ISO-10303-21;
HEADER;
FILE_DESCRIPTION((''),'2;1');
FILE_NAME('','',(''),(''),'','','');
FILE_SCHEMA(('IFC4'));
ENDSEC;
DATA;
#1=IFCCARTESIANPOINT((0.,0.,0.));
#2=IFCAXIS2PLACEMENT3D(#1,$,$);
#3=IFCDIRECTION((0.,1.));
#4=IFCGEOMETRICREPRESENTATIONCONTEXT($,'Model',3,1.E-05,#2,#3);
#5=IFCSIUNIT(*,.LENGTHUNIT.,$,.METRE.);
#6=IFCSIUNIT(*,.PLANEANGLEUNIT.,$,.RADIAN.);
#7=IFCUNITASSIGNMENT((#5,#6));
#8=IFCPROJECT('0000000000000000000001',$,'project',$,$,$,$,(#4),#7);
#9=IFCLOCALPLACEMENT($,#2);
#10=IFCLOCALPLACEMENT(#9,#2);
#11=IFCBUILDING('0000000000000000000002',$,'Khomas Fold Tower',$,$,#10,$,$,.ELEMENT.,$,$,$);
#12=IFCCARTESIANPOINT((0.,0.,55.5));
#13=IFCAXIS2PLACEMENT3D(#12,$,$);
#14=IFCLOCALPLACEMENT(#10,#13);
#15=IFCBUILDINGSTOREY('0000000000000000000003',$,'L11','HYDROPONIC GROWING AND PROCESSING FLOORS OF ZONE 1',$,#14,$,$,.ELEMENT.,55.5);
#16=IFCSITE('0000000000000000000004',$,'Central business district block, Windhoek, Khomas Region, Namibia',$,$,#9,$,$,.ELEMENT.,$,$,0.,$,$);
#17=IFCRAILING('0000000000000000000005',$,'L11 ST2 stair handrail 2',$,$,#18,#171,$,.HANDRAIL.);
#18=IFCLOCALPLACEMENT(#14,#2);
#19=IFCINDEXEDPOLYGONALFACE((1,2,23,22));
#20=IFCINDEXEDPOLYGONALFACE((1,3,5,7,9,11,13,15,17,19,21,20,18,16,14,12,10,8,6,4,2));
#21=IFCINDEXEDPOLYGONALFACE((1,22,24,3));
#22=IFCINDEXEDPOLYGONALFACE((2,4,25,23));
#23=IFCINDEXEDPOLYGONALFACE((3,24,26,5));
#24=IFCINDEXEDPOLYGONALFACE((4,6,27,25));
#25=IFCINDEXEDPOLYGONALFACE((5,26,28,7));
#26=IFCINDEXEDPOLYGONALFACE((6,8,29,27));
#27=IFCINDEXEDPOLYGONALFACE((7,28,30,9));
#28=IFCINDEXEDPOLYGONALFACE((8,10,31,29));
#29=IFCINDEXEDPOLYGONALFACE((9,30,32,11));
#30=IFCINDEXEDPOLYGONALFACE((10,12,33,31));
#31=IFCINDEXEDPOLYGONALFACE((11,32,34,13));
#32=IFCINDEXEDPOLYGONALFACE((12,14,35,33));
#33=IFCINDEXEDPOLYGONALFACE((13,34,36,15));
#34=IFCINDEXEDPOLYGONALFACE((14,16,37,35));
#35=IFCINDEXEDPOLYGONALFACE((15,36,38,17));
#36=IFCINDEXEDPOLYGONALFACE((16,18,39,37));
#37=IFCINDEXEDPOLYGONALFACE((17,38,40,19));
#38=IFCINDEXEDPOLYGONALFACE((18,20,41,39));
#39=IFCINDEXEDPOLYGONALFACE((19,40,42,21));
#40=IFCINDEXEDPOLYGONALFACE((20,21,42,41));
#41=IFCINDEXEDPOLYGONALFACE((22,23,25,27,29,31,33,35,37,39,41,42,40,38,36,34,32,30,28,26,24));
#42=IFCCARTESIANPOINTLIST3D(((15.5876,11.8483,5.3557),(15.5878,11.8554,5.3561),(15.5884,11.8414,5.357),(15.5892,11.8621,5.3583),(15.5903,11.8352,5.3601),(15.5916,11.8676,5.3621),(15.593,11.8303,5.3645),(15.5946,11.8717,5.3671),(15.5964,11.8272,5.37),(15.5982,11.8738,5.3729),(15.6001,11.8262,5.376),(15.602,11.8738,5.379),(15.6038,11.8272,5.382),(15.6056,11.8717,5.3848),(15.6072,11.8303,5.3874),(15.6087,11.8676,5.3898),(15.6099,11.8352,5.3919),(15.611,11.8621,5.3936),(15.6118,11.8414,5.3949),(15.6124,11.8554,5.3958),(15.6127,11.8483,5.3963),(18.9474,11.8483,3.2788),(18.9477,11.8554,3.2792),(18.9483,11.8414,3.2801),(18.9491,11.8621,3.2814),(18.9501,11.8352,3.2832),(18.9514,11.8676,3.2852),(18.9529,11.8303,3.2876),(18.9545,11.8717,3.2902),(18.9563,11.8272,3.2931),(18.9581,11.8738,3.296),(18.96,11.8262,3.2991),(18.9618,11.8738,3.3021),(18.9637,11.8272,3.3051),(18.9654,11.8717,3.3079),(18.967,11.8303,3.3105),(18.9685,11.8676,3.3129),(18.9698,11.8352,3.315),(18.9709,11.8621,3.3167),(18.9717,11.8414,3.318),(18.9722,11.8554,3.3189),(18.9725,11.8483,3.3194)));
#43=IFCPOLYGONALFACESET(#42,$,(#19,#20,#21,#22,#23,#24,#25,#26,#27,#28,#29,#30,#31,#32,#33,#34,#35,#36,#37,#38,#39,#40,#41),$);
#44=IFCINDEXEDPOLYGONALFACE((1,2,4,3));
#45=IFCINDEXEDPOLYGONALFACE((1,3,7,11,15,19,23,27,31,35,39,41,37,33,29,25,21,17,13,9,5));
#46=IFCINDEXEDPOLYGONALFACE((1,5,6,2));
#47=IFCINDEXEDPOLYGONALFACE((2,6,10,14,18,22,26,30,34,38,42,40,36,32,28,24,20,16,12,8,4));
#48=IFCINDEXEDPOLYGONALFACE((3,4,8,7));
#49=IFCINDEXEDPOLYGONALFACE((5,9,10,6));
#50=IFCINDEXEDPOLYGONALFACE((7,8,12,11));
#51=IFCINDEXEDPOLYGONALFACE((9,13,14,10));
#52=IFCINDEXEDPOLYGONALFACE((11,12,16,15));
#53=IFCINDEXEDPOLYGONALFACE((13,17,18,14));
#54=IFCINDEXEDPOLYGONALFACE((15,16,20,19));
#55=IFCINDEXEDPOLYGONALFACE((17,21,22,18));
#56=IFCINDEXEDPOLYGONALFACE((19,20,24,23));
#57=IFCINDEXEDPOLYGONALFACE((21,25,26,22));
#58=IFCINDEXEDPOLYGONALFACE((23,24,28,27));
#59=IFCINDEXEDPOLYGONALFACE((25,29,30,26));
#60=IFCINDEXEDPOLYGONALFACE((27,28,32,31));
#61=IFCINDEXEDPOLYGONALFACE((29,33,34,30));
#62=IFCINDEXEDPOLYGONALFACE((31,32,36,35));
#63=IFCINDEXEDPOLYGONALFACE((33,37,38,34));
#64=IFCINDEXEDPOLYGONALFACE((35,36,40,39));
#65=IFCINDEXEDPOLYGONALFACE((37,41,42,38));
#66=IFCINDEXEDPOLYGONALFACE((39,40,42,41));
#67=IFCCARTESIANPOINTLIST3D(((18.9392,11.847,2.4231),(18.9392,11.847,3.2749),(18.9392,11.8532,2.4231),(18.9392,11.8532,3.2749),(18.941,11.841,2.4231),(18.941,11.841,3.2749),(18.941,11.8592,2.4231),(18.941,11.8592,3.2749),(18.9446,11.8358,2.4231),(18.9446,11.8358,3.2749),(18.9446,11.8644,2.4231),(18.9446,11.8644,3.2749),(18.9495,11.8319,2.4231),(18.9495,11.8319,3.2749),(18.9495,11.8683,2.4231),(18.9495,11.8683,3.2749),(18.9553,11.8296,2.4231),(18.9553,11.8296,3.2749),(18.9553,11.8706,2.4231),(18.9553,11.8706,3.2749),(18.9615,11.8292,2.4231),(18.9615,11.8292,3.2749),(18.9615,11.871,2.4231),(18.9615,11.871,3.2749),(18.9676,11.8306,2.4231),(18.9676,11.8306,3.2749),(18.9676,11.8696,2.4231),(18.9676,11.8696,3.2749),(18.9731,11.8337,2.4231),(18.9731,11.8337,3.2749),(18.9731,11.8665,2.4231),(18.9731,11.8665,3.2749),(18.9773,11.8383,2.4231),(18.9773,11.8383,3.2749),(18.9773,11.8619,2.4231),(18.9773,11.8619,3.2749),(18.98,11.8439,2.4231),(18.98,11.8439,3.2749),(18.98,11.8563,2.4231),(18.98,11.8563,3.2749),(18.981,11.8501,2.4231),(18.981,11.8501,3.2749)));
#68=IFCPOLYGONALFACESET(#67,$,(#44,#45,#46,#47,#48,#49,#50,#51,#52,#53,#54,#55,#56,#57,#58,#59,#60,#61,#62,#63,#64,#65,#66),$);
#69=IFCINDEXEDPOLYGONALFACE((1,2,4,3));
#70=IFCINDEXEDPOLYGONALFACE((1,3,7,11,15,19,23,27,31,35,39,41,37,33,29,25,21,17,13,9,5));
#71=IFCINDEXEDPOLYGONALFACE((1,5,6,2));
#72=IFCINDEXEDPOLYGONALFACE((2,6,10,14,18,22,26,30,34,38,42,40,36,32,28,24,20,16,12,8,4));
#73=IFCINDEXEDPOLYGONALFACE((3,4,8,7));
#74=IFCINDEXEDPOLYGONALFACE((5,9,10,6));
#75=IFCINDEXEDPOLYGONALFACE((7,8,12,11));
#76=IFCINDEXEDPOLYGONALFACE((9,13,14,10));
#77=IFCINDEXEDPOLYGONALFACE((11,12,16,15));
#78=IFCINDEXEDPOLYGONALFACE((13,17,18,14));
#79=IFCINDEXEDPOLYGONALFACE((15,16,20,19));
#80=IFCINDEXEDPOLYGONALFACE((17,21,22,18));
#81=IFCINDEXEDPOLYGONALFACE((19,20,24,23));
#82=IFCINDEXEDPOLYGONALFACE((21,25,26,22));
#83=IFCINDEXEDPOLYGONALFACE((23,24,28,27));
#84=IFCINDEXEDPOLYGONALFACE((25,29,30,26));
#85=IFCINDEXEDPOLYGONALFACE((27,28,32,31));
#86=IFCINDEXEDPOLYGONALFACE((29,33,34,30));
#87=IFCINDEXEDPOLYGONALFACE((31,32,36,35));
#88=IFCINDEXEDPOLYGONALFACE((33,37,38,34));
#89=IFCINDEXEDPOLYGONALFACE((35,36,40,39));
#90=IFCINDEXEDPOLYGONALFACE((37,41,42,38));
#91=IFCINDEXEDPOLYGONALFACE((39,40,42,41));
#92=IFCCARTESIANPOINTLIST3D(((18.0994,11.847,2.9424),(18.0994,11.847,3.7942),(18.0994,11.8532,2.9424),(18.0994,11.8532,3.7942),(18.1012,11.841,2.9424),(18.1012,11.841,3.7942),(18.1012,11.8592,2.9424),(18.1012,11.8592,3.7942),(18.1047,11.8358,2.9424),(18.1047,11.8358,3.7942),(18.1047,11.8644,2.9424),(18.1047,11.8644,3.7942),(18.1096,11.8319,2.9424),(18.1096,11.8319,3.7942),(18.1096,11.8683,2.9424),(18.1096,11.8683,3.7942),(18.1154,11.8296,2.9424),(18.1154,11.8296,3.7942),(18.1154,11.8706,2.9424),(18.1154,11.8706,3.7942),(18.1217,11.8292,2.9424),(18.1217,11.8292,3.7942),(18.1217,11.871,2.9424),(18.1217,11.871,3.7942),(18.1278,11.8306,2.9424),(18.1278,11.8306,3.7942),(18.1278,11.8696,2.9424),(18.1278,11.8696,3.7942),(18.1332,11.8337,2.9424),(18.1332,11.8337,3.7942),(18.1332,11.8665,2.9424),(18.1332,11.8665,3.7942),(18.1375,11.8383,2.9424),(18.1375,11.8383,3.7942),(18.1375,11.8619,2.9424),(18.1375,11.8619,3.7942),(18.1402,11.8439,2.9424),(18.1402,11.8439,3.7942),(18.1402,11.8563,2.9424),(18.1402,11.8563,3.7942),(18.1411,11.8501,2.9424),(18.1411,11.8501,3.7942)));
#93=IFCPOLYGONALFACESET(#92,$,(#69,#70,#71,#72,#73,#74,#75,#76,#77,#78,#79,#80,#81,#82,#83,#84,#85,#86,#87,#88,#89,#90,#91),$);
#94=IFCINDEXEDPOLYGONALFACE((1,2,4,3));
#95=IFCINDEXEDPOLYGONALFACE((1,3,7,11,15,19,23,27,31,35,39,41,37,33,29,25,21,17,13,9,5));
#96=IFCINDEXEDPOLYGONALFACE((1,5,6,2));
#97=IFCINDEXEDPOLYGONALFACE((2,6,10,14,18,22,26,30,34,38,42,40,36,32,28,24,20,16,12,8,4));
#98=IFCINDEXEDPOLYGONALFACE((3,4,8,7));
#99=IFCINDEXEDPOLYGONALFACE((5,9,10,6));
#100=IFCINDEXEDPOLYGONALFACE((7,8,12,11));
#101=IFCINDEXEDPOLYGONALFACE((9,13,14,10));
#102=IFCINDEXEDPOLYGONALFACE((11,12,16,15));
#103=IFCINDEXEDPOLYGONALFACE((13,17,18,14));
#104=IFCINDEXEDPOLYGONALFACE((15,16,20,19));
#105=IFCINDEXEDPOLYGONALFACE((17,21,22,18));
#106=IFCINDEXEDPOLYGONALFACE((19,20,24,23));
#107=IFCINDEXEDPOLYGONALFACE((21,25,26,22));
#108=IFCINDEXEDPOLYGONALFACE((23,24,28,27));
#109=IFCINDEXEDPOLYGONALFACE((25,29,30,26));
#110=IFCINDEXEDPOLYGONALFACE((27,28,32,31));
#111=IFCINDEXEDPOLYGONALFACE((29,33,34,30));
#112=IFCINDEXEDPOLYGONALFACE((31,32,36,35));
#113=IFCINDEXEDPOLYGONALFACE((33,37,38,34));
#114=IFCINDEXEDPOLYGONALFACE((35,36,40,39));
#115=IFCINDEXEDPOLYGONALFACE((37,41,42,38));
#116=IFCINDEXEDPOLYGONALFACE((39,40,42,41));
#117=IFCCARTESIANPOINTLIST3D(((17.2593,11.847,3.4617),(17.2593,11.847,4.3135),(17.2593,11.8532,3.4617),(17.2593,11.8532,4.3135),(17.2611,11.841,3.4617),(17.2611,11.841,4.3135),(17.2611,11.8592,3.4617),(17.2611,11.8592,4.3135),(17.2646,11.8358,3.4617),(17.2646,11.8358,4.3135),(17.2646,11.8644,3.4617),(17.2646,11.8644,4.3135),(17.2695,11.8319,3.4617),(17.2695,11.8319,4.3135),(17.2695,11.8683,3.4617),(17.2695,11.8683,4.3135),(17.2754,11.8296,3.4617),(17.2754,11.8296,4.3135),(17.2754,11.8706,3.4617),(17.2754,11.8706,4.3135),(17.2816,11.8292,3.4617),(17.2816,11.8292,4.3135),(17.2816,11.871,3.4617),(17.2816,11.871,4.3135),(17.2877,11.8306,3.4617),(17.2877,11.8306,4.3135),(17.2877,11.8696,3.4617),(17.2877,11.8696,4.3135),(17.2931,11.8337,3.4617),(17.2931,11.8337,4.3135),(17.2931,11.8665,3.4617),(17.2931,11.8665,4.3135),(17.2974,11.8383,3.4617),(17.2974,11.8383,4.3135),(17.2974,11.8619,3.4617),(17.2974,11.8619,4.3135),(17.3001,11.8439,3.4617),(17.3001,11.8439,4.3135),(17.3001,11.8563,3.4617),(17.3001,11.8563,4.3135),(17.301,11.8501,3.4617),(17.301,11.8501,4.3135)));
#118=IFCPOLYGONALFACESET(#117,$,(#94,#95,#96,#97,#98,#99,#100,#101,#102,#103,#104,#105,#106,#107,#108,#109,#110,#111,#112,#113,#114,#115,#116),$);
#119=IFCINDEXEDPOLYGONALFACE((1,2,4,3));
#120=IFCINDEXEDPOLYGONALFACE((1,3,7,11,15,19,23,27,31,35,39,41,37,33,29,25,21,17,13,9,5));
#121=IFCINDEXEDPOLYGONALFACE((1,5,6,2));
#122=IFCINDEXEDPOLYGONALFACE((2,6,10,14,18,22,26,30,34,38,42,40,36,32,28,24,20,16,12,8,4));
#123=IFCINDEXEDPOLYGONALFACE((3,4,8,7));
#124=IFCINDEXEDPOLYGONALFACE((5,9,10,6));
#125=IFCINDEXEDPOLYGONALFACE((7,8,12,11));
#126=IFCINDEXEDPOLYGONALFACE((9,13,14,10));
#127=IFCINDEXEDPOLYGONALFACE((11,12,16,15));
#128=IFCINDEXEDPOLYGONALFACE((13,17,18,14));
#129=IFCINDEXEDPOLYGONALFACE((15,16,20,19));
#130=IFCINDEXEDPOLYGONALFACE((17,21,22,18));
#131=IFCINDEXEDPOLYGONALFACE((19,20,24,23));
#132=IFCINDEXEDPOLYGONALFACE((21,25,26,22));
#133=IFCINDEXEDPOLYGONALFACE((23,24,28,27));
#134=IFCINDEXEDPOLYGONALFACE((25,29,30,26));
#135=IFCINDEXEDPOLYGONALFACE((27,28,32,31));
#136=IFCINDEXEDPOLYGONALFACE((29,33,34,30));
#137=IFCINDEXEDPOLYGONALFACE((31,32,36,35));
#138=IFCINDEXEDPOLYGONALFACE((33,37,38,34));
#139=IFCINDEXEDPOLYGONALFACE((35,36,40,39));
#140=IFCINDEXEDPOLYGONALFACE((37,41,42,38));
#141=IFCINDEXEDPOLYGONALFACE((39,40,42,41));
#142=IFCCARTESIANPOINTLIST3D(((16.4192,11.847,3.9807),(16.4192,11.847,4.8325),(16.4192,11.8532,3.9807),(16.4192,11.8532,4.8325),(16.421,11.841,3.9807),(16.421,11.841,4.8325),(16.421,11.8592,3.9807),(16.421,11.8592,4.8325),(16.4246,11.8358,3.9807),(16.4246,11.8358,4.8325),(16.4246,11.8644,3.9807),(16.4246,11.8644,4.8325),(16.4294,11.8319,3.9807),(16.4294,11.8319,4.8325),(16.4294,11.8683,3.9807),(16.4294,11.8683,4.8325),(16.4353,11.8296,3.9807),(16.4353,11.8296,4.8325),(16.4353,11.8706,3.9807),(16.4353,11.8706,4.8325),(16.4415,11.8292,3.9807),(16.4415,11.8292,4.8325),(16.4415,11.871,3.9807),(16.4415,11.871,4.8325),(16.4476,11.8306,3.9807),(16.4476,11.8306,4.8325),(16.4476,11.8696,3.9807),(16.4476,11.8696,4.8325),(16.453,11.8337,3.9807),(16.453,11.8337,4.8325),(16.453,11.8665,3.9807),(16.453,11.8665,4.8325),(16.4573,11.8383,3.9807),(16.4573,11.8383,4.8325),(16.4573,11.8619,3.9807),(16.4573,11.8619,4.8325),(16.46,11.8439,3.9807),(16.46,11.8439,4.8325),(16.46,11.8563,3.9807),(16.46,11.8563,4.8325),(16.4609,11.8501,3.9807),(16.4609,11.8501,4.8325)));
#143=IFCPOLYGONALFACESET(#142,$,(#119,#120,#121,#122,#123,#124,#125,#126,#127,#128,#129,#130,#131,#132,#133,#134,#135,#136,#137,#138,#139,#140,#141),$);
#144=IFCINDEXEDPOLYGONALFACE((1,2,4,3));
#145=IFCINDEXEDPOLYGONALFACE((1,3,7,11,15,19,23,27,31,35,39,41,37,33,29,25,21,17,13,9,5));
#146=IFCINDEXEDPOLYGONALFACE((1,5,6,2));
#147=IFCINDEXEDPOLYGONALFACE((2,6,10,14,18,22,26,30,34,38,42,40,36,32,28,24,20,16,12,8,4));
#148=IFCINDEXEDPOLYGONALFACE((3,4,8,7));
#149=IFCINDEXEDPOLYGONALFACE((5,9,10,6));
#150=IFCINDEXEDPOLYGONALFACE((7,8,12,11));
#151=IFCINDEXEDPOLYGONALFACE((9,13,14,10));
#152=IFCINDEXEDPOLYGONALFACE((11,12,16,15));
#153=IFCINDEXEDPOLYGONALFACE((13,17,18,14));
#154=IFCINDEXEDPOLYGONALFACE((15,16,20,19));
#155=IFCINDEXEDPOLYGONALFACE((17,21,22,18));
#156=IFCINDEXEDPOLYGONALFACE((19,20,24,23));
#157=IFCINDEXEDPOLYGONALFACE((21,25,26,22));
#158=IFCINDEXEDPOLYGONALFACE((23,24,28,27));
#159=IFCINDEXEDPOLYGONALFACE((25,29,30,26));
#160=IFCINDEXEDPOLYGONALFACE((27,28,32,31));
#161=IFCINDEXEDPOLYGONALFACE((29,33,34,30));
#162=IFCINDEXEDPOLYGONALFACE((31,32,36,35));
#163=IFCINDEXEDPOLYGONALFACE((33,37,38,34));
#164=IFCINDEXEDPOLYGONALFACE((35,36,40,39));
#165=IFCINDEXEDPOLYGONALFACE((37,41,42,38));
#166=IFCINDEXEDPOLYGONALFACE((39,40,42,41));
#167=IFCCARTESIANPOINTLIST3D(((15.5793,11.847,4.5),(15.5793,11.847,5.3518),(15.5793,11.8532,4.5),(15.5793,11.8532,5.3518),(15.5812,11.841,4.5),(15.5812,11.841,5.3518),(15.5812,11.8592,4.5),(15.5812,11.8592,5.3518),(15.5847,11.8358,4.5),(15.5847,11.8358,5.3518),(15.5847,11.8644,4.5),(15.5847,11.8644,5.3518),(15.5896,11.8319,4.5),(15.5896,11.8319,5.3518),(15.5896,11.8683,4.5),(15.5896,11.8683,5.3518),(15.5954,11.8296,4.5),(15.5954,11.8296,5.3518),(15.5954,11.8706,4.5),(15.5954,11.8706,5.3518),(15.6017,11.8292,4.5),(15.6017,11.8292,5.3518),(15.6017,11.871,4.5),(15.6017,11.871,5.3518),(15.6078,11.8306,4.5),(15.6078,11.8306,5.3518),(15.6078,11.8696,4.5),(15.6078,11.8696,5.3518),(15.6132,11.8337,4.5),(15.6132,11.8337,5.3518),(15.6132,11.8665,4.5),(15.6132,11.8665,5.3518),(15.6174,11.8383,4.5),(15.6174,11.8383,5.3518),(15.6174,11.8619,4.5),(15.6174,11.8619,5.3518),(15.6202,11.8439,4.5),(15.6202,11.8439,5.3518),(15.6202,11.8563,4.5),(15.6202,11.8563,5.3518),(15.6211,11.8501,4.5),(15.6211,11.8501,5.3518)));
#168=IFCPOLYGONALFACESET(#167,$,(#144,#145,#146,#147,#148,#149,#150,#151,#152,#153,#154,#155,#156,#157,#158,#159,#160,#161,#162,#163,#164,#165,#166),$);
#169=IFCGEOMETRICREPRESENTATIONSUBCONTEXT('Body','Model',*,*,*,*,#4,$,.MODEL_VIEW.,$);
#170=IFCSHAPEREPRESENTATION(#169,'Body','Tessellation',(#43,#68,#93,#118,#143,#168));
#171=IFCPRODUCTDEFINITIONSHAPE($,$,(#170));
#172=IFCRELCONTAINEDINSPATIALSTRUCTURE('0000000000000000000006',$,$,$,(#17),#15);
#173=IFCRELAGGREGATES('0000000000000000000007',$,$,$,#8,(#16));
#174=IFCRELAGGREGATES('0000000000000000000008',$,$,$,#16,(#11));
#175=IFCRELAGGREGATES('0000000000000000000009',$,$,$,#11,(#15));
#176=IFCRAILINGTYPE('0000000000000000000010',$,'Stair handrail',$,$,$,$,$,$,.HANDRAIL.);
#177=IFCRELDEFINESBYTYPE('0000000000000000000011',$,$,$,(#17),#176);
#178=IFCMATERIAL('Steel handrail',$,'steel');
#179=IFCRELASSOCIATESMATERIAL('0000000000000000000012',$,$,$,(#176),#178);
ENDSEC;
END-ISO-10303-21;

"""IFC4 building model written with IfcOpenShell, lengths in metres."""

from ifc_helpers import new_model, si_unit, direction, frame, origin, origin_2d, place, context, subcontext, project, spatial, circle, extrude, source, transform, mapped, material, type_object, element, save


model = new_model("IFC4")

# Units and contexts
model_context = context("Model", 3, precision=1e-05, world=origin(), true_north=direction((0.0, 1.0)))
body_context = subcontext(model_context, "Body", "Model", "MODEL_VIEW")
ifc_project = project(units=[si_unit("LENGTHUNIT", "METRE"), si_unit("PLANEANGLEUNIT", "RADIAN")], contexts=[model_context])

# Site, building, storey
site_placement = place(None, origin())
site = spatial("IfcSite", under=ifc_project, at=site_placement, Name="Central business district block, Windhoek, Khomas Region, Namibia", CompositionType="ELEMENT", RefElevation=0.0)
building_placement = place(site_placement, origin())
building = spatial("IfcBuilding", under=site, at=building_placement, Name="Khomas Fold Tower", CompositionType="ELEMENT")
storey_placement = place(building_placement, frame((0.0, 0.0, 55.5)))
storey = spatial("IfcBuildingStorey", under=building, at=storey_placement, Name="L11", Description="HYDROPONIC GROWING AND PROCESSING FLOORS OF ZONE 1", CompositionType="ELEMENT", Elevation=55.5)

# Railing
ifc_material_1 = material(Name="Steel handrail", Category="steel")
railing_type_1 = type_object("IfcRailingType", Name="Stair handrail", PredefinedType="HANDRAIL", material=ifc_material_1)
shared_shape_1 = source(origin(), body_context, "Body", "SweptSolid", [
    extrude(circle(Radius=0.0239, at=origin_2d()), frame((0.0, 0.0, 0.876), z_axis=(-0.850606, 0.0, 0.525803), x_axis=(0.0, -1.0, 0.0)), (0.0, 0.0, 1.0), 3.95),
    extrude(circle(Radius=0.021, at=origin_2d()), origin(), (0.0, 0.0, 1.0), 0.8518),
    extrude(circle(Radius=0.021, at=origin_2d()), frame((-0.8398, 0.0, 0.5193)), (0.0, 0.0, 1.0), 0.8518),
    extrude(circle(Radius=0.021, at=origin_2d()), frame((-1.6799, 0.0, 1.0386)), (0.0, 0.0, 1.0), 0.8518),
    extrude(circle(Radius=0.021, at=origin_2d()), frame((-2.52, 0.0, 1.5576)), (0.0, 0.0, 1.0), 0.8518),
    extrude(circle(Radius=0.021, at=origin_2d()), frame((-3.3599, 0.0, 2.0769)), (0.0, 0.0, 1.0), 0.8518),
])
railing_1_placement = place(storey_placement, frame((18.96, 11.8501, 2.4231)))
element("IfcRailing", 1, at=railing_1_placement, inside=storey, type_object=railing_type_1, Name="L11 ST2 stair handrail 2", PredefinedType="HANDRAIL", context=body_context, shape_type="MappedRepresentation", body=[
    mapped(shared_shape_1, transform((0.0, 0.0, 0.0))),
])

save(model, "model.ifc")
